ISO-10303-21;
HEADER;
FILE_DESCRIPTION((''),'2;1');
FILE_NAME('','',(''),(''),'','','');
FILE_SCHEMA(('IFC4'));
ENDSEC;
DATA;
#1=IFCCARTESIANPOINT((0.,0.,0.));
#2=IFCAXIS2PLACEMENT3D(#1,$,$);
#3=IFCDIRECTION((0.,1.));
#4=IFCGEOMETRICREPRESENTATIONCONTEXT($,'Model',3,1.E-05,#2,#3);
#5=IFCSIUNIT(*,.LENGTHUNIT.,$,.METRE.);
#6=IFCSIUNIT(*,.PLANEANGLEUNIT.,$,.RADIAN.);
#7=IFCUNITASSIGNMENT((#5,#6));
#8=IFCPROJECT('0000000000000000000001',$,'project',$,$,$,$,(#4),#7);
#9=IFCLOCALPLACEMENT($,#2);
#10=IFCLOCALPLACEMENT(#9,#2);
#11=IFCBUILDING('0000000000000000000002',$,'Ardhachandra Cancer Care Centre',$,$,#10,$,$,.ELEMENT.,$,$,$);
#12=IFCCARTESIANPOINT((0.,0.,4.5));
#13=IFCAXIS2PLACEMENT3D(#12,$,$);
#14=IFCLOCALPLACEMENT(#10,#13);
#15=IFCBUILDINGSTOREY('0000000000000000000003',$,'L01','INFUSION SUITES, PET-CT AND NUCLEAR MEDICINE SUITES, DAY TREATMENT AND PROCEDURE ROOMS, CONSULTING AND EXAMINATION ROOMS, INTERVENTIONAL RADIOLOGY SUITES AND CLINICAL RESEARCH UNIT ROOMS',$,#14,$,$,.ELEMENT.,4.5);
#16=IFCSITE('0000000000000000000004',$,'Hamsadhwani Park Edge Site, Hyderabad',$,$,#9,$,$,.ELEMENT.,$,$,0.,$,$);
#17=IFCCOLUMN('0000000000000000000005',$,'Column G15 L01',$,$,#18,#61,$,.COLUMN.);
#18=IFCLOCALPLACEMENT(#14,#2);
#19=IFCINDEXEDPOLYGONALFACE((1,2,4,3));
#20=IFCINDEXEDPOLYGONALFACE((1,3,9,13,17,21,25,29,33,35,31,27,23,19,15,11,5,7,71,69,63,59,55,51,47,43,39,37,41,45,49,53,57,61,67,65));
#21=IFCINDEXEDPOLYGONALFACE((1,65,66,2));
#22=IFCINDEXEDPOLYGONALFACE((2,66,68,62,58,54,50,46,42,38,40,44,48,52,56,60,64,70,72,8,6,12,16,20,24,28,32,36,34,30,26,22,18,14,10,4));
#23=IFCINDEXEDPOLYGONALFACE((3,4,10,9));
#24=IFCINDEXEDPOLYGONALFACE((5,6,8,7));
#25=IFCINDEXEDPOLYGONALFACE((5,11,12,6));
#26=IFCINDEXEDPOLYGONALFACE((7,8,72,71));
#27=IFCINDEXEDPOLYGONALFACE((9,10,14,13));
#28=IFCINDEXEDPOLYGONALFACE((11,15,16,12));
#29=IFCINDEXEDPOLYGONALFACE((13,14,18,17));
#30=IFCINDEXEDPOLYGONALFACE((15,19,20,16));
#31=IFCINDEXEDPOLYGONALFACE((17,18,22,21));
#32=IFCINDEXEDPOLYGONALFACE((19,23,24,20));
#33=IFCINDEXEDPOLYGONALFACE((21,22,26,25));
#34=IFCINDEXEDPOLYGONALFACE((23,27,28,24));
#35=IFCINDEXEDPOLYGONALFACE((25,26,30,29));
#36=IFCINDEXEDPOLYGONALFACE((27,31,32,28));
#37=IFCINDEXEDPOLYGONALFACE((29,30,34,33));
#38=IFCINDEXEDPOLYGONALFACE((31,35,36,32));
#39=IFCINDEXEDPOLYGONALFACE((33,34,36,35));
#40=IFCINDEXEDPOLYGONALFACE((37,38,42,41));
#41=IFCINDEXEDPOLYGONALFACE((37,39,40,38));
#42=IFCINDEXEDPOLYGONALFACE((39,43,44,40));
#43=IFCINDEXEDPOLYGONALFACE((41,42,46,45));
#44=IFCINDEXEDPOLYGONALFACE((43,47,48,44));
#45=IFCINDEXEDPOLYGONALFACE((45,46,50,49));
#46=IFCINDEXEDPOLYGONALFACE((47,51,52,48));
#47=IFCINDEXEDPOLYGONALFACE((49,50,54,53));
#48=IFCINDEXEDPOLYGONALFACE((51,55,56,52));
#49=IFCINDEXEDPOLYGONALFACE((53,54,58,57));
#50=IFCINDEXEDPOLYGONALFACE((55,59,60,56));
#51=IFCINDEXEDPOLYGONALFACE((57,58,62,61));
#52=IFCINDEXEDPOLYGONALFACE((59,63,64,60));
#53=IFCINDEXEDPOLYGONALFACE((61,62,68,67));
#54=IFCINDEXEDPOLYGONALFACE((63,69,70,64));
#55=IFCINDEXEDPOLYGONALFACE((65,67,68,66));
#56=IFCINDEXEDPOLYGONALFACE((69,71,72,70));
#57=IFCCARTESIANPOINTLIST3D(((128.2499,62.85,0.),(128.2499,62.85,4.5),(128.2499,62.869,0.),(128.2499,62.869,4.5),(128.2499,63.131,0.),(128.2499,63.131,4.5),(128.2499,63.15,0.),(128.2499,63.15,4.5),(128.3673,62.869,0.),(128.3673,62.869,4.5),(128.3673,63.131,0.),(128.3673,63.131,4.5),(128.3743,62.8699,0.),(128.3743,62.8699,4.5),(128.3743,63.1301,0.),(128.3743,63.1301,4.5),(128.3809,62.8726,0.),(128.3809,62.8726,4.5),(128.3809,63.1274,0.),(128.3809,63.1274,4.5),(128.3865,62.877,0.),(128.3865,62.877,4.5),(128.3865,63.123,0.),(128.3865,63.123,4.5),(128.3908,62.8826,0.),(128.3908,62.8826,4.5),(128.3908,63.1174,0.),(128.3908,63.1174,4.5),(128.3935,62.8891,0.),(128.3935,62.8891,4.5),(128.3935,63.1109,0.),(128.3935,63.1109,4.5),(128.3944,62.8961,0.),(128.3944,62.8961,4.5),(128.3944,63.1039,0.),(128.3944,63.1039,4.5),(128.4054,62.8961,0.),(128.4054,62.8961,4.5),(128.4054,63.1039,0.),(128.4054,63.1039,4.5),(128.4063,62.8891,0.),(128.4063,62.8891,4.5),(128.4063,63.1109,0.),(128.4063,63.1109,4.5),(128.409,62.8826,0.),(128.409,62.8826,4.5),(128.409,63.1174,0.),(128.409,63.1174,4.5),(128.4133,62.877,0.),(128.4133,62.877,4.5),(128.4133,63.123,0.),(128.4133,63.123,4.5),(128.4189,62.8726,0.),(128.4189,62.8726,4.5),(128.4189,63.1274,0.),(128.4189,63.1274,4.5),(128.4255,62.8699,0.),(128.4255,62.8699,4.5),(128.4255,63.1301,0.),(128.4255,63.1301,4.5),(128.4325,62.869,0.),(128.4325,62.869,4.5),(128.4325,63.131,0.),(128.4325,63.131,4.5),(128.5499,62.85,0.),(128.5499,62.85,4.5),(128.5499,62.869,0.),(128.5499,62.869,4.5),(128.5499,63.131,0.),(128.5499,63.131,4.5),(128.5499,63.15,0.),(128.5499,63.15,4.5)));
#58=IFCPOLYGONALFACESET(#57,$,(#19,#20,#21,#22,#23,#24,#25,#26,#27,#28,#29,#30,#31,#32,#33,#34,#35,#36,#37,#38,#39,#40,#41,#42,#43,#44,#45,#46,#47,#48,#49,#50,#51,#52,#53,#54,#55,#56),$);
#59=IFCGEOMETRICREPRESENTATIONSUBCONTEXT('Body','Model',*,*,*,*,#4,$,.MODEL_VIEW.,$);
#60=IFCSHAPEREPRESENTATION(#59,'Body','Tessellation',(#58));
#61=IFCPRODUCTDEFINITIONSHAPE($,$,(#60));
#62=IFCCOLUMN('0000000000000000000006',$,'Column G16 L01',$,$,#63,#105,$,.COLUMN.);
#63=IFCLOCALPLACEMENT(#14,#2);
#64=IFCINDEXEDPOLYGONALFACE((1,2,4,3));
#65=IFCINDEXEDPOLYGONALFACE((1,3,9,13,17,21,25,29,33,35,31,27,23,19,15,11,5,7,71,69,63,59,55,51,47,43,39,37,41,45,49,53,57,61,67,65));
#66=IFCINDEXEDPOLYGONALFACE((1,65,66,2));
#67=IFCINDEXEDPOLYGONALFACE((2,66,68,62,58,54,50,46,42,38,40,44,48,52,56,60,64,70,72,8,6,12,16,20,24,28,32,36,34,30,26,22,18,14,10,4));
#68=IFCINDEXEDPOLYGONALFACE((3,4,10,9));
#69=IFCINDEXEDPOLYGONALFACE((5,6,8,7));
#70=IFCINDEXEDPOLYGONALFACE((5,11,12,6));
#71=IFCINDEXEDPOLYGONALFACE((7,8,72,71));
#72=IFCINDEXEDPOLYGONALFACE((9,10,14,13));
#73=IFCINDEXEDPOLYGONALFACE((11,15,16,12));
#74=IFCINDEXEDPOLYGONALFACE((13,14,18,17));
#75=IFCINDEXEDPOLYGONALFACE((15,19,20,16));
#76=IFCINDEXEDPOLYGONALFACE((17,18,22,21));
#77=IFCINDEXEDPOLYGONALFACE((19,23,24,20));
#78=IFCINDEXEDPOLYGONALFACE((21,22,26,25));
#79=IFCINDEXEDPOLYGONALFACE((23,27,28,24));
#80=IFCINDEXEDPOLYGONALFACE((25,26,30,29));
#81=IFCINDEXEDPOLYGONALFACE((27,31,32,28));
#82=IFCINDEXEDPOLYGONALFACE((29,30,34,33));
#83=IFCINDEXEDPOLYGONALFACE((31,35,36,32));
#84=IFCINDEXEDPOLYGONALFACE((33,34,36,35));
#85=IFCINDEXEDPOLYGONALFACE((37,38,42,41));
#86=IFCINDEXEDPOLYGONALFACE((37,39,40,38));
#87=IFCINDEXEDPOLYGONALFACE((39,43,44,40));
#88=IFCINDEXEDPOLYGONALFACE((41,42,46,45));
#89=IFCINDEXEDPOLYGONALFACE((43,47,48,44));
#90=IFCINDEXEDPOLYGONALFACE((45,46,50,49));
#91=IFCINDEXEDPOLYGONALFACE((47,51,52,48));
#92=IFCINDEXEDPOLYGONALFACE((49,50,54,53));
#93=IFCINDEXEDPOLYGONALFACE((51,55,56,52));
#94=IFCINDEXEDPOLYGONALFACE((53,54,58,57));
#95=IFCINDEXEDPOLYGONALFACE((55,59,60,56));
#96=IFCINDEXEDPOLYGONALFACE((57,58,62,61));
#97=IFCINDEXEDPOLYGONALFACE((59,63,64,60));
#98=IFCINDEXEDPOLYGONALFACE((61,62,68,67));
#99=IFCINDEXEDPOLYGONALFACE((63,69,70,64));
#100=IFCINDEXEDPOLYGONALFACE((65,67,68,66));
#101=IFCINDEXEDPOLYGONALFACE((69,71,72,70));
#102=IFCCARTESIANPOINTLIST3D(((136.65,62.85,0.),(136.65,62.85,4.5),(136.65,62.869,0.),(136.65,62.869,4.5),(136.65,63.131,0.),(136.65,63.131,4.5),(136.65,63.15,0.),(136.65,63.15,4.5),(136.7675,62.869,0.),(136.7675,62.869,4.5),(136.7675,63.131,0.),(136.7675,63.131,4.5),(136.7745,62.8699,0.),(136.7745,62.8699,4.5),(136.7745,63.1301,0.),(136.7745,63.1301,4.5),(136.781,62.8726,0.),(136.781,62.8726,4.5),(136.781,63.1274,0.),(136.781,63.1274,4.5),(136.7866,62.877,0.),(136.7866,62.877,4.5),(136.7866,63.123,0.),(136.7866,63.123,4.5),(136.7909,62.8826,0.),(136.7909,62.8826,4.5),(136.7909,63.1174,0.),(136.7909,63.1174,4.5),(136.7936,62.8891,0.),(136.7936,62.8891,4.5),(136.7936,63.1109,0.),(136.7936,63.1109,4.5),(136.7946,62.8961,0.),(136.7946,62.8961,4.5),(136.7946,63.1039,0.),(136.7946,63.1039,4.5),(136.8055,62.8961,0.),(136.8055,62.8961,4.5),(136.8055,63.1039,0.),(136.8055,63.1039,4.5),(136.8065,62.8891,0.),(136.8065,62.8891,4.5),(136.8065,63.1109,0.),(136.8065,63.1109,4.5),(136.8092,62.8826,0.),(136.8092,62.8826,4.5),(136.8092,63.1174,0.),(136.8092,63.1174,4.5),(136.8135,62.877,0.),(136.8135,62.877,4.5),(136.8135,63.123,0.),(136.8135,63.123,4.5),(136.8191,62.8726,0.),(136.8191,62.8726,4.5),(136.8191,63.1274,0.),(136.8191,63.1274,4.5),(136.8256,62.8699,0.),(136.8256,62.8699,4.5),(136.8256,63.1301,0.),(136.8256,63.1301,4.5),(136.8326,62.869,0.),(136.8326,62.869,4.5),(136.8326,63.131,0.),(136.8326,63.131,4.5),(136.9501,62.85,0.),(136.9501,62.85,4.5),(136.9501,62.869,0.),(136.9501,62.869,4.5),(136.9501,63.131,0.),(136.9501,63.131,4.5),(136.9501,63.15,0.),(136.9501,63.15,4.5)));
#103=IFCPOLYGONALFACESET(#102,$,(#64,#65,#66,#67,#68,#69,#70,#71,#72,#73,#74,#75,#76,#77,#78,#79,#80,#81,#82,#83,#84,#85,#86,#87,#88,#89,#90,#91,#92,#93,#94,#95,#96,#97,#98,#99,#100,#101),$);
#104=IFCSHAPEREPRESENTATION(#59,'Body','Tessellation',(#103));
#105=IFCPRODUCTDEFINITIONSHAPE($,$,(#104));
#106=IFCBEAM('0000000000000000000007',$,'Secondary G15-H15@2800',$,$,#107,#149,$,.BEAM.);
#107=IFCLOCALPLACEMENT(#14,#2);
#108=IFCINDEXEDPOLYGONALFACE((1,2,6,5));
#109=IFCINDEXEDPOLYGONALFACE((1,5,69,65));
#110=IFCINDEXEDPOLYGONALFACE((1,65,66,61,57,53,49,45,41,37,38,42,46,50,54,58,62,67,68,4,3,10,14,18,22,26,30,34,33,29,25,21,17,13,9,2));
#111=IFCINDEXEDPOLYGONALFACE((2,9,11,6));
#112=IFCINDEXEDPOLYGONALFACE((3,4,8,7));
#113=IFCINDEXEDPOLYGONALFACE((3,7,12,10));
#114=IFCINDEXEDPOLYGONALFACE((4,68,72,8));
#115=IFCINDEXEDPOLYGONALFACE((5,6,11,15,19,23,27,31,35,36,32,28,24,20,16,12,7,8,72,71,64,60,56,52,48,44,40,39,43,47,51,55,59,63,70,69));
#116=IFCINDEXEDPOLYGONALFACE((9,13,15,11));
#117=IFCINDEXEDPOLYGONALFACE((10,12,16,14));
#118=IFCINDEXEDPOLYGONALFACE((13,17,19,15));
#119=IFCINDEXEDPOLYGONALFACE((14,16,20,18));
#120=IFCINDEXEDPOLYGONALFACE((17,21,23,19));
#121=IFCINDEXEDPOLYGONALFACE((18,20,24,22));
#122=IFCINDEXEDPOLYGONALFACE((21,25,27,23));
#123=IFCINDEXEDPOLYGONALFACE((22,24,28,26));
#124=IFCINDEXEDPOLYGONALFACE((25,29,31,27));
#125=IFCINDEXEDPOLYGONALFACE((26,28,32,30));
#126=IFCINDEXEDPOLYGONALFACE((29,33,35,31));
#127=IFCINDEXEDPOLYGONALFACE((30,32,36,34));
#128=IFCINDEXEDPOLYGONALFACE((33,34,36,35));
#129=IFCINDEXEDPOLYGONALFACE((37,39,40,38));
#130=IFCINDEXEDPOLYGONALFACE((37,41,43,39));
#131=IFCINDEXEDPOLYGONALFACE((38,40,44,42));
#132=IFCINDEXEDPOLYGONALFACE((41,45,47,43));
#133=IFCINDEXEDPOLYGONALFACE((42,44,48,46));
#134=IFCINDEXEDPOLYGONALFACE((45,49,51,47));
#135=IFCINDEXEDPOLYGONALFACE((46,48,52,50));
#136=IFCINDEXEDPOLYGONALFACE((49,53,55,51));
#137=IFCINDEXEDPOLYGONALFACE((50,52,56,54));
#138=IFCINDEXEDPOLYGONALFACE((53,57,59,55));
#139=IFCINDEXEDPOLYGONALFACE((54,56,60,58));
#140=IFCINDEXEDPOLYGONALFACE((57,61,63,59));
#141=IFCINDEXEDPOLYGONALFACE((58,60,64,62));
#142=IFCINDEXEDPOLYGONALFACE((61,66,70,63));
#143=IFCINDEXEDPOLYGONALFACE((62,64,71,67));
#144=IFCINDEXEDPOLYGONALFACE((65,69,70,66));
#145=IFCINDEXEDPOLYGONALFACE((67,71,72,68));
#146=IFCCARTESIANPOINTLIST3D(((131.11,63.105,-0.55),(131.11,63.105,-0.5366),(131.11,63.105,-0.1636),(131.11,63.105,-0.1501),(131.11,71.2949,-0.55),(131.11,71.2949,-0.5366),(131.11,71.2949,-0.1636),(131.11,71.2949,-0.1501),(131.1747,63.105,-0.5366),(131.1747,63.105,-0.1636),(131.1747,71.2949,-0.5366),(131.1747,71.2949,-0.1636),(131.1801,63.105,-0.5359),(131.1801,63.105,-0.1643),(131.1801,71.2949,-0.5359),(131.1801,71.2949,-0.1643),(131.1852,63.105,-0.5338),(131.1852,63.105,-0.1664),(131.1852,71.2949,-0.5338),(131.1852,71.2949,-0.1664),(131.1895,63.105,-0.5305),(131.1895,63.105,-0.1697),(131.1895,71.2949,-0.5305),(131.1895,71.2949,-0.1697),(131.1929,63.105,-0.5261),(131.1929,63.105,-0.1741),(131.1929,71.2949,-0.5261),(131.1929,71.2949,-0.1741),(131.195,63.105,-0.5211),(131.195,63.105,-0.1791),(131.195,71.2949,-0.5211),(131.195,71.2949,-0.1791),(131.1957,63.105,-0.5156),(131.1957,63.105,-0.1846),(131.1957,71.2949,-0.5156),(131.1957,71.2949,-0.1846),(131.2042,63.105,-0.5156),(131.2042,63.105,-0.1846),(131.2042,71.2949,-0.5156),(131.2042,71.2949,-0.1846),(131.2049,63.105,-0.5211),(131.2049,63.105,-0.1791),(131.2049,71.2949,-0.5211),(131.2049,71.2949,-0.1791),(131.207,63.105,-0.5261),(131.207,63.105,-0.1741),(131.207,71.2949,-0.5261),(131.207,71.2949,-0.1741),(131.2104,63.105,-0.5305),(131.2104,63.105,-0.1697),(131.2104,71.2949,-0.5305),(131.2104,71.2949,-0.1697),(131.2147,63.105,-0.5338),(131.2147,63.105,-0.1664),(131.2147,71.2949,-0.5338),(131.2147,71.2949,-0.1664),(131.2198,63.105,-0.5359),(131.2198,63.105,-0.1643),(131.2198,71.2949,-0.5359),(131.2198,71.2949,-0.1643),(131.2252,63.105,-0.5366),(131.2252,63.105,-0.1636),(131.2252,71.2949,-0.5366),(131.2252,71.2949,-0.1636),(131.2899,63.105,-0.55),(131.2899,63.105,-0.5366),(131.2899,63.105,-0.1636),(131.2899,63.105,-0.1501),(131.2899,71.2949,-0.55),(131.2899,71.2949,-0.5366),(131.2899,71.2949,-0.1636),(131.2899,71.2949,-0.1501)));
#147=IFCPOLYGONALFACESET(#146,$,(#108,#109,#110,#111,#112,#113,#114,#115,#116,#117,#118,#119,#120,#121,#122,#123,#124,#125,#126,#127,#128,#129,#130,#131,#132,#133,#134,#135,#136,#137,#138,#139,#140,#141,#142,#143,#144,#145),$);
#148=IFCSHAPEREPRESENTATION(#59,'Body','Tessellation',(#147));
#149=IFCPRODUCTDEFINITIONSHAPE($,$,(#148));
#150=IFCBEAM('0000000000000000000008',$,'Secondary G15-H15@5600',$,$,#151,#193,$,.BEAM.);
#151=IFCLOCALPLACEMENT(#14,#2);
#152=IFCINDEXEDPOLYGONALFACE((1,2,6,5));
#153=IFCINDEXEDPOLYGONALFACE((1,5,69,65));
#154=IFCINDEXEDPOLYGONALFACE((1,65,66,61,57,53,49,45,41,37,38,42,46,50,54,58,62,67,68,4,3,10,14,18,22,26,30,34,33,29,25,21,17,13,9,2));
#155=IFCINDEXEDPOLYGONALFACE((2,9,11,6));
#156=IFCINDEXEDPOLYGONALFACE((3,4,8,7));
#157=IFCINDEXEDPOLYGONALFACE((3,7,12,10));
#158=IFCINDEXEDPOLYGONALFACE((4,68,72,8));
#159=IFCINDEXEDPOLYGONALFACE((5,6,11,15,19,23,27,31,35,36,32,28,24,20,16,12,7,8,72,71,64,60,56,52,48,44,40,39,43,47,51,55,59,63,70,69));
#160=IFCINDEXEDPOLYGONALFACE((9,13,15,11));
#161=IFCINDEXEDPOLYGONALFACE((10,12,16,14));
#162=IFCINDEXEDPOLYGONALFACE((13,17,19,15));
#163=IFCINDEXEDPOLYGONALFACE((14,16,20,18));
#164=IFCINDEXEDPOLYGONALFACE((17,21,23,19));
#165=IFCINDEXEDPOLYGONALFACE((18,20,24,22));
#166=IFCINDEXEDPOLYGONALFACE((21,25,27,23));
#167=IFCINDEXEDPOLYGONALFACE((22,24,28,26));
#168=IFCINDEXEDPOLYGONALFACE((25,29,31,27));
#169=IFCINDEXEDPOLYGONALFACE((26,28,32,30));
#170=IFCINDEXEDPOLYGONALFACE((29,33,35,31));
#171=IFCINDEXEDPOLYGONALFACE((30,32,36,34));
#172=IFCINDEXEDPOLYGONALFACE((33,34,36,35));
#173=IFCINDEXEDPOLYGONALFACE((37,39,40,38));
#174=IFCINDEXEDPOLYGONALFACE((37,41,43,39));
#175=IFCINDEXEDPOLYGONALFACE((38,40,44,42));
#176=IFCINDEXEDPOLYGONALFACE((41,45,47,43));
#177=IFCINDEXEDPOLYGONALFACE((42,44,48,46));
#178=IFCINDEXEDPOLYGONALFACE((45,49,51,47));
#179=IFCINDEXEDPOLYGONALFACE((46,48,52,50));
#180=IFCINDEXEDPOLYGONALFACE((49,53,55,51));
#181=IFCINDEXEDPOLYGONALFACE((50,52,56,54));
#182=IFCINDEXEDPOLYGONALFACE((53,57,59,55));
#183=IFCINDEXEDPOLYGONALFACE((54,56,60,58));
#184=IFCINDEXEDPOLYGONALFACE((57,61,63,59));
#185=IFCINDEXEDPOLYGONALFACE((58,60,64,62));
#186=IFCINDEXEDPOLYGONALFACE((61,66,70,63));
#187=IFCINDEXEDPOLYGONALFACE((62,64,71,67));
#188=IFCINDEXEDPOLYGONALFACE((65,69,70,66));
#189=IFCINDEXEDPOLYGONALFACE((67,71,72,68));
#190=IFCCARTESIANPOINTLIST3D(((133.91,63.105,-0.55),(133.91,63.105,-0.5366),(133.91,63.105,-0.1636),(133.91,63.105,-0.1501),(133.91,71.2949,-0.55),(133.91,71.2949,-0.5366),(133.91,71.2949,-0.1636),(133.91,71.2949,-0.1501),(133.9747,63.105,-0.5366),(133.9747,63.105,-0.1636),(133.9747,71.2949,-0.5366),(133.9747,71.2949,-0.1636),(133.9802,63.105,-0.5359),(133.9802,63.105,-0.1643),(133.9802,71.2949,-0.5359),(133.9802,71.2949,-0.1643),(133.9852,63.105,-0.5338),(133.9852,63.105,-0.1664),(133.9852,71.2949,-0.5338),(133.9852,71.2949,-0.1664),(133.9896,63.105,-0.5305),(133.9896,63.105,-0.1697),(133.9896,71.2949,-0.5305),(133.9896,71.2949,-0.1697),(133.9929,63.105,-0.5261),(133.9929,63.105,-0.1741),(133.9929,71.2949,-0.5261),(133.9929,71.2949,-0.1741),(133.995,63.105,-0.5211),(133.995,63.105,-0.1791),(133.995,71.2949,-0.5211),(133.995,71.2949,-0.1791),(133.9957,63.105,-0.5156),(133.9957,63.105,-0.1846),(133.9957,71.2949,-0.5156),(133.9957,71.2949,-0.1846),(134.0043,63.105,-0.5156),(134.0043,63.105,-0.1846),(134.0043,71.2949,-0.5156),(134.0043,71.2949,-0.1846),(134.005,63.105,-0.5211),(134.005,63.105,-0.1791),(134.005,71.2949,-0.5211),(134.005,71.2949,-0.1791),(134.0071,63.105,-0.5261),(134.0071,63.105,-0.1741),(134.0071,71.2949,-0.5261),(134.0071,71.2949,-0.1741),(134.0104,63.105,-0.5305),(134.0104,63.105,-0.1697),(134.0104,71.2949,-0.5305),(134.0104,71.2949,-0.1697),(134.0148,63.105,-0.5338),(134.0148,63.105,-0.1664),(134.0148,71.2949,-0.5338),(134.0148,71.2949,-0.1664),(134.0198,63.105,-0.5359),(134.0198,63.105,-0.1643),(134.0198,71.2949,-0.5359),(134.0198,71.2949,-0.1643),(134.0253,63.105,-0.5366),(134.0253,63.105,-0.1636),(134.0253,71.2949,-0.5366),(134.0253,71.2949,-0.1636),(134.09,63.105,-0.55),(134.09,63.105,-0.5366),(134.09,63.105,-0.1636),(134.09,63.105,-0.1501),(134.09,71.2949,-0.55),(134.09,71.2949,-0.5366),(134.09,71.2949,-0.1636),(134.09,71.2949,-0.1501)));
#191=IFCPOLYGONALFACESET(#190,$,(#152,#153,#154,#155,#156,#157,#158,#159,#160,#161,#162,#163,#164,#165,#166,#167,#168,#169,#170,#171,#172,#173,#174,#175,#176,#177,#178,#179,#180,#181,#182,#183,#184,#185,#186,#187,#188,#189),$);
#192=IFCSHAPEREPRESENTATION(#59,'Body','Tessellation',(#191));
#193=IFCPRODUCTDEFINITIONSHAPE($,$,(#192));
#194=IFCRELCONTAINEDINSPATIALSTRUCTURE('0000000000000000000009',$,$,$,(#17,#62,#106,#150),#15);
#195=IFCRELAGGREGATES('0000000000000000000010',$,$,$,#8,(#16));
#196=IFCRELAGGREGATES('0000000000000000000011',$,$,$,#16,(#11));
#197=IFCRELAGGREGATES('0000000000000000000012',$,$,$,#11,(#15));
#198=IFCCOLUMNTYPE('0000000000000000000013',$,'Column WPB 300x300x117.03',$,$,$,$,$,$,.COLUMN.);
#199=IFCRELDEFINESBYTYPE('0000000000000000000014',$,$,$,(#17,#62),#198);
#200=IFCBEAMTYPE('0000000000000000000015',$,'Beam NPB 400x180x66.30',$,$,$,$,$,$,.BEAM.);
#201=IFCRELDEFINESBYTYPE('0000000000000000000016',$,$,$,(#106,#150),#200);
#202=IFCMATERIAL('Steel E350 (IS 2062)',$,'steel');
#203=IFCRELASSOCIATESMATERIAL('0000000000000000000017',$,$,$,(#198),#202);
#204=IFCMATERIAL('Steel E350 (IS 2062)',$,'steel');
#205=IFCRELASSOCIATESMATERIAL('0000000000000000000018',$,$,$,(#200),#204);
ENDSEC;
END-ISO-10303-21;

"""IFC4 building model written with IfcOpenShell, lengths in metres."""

from ifc_helpers import new_model, si_unit, direction, frame, origin, origin_2d, place, context, subcontext, project, spatial, i_section, extrude, material, material_profile, profile_set, type_object, element, save


model = new_model("IFC4")

# Units and contexts
model_context = context("Model", 3, precision=1e-05, world=origin(), true_north=direction((0.0, 1.0)))
body_context = subcontext(model_context, "Body", "Model", "MODEL_VIEW")
ifc_project = project(units=[si_unit("LENGTHUNIT", "METRE"), si_unit("PLANEANGLEUNIT", "RADIAN")], contexts=[model_context])

# Site, building, storey
site_placement = place(None, origin())
site = spatial("IfcSite", under=ifc_project, at=site_placement, Name="Hamsadhwani Park Edge Site, Hyderabad", CompositionType="ELEMENT", RefElevation=0.0)
building_placement = place(site_placement, origin())
building = spatial("IfcBuilding", under=site, at=building_placement, Name="Ardhachandra Cancer Care Centre", CompositionType="ELEMENT")
storey_placement = place(building_placement, frame((0.0, 0.0, 4.5)))
storey = spatial("IfcBuildingStorey", under=building, at=storey_placement, Name="L01", Description="INFUSION SUITES, PET-CT AND NUCLEAR MEDICINE SUITES, DAY TREATMENT AND PROCEDURE ROOMS, CONSULTING AND EXAMINATION ROOMS, INTERVENTIONAL RADIOLOGY SUITES AND CLINICAL RESEARCH UNIT ROOMS", CompositionType="ELEMENT", Elevation=4.5)

# Columns
ifc_material_1 = material(Name="Steel E350 (IS 2062)", Category="steel")
ifc_material_profile_1 = material_profile(ifc_material_1, i_section(OverallWidth=0.3, OverallDepth=0.3, WebThickness=0.011, FlangeThickness=0.019, FilletRadius=0.0271, at=origin_2d()), Name="WPB 300x300x117.03")
ifc_profile_set_1 = profile_set([ifc_material_profile_1], Name="Steel E350 (IS 2062)")
column_type = type_object("IfcColumnType", Name="Column WPB 300x300x117.03", PredefinedType="COLUMN", material=ifc_profile_set_1)
for number, where, z_axis, x_axis, name in (
    (1, (128.3999, 63.0, 0.0), (0.0, 0.0, 1.0), (1.0, 0.0, 0.0), "Column G15 L01"),
    (2, (136.8, 63.0, 0.0), (0.0, 0.0, 1.0), (1.0, 0.0, 0.0), "Column G16 L01"),
):
    element("IfcColumn", number, at=place(storey_placement, frame(where, z_axis=z_axis, x_axis=x_axis)), inside=storey, type_object=column_type, Name=name, PredefinedType="COLUMN", context=body_context, shape_type="SweptSolid", body=[
        extrude(i_section(OverallWidth=0.3, OverallDepth=0.3, WebThickness=0.011, FlangeThickness=0.019, FilletRadius=0.0271, at=origin_2d()), origin(), (0.0, 0.0, 1.0), 4.5),
    ])

# Beams
ifc_material_2 = material(Name="Steel E350 (IS 2062)", Category="steel")
ifc_material_profile_2 = material_profile(ifc_material_2, i_section(OverallWidth=0.1799, OverallDepth=0.3999, WebThickness=0.0085, FlangeThickness=0.0134, FilletRadius=0.021, at=origin_2d()), Name="NPB 400x180x66.30")
ifc_profile_set_2 = profile_set([ifc_material_profile_2], Name="Steel E350 (IS 2062)")
beam_type_1 = type_object("IfcBeamType", Name="Beam NPB 400x180x66.30", PredefinedType="BEAM", material=ifc_profile_set_2)
for number, where, z_axis, x_axis, name in (
    (3, (131.2, 63.105, -0.3501), (0.0, 1.0, 0.0), (-1.0, 0.0, 0.0), "Secondary G15-H15@2800"),
    (4, (134.0, 63.105, -0.3501), (0.0, 1.0, 0.0), (-1.0, 0.0, 0.0), "Secondary G15-H15@5600"),
):
    element("IfcBeam", number, at=place(storey_placement, frame(where, z_axis=z_axis, x_axis=x_axis)), inside=storey, type_object=beam_type_1, Name=name, PredefinedType="BEAM", context=body_context, shape_type="SweptSolid", body=[
        extrude(i_section(OverallWidth=0.1799, OverallDepth=0.3999, WebThickness=0.0085, FlangeThickness=0.0134, FilletRadius=0.021, at=origin_2d()), origin(), (0.0, 0.0, 1.0), 8.1899),
    ])

save(model, "model.ifc")
